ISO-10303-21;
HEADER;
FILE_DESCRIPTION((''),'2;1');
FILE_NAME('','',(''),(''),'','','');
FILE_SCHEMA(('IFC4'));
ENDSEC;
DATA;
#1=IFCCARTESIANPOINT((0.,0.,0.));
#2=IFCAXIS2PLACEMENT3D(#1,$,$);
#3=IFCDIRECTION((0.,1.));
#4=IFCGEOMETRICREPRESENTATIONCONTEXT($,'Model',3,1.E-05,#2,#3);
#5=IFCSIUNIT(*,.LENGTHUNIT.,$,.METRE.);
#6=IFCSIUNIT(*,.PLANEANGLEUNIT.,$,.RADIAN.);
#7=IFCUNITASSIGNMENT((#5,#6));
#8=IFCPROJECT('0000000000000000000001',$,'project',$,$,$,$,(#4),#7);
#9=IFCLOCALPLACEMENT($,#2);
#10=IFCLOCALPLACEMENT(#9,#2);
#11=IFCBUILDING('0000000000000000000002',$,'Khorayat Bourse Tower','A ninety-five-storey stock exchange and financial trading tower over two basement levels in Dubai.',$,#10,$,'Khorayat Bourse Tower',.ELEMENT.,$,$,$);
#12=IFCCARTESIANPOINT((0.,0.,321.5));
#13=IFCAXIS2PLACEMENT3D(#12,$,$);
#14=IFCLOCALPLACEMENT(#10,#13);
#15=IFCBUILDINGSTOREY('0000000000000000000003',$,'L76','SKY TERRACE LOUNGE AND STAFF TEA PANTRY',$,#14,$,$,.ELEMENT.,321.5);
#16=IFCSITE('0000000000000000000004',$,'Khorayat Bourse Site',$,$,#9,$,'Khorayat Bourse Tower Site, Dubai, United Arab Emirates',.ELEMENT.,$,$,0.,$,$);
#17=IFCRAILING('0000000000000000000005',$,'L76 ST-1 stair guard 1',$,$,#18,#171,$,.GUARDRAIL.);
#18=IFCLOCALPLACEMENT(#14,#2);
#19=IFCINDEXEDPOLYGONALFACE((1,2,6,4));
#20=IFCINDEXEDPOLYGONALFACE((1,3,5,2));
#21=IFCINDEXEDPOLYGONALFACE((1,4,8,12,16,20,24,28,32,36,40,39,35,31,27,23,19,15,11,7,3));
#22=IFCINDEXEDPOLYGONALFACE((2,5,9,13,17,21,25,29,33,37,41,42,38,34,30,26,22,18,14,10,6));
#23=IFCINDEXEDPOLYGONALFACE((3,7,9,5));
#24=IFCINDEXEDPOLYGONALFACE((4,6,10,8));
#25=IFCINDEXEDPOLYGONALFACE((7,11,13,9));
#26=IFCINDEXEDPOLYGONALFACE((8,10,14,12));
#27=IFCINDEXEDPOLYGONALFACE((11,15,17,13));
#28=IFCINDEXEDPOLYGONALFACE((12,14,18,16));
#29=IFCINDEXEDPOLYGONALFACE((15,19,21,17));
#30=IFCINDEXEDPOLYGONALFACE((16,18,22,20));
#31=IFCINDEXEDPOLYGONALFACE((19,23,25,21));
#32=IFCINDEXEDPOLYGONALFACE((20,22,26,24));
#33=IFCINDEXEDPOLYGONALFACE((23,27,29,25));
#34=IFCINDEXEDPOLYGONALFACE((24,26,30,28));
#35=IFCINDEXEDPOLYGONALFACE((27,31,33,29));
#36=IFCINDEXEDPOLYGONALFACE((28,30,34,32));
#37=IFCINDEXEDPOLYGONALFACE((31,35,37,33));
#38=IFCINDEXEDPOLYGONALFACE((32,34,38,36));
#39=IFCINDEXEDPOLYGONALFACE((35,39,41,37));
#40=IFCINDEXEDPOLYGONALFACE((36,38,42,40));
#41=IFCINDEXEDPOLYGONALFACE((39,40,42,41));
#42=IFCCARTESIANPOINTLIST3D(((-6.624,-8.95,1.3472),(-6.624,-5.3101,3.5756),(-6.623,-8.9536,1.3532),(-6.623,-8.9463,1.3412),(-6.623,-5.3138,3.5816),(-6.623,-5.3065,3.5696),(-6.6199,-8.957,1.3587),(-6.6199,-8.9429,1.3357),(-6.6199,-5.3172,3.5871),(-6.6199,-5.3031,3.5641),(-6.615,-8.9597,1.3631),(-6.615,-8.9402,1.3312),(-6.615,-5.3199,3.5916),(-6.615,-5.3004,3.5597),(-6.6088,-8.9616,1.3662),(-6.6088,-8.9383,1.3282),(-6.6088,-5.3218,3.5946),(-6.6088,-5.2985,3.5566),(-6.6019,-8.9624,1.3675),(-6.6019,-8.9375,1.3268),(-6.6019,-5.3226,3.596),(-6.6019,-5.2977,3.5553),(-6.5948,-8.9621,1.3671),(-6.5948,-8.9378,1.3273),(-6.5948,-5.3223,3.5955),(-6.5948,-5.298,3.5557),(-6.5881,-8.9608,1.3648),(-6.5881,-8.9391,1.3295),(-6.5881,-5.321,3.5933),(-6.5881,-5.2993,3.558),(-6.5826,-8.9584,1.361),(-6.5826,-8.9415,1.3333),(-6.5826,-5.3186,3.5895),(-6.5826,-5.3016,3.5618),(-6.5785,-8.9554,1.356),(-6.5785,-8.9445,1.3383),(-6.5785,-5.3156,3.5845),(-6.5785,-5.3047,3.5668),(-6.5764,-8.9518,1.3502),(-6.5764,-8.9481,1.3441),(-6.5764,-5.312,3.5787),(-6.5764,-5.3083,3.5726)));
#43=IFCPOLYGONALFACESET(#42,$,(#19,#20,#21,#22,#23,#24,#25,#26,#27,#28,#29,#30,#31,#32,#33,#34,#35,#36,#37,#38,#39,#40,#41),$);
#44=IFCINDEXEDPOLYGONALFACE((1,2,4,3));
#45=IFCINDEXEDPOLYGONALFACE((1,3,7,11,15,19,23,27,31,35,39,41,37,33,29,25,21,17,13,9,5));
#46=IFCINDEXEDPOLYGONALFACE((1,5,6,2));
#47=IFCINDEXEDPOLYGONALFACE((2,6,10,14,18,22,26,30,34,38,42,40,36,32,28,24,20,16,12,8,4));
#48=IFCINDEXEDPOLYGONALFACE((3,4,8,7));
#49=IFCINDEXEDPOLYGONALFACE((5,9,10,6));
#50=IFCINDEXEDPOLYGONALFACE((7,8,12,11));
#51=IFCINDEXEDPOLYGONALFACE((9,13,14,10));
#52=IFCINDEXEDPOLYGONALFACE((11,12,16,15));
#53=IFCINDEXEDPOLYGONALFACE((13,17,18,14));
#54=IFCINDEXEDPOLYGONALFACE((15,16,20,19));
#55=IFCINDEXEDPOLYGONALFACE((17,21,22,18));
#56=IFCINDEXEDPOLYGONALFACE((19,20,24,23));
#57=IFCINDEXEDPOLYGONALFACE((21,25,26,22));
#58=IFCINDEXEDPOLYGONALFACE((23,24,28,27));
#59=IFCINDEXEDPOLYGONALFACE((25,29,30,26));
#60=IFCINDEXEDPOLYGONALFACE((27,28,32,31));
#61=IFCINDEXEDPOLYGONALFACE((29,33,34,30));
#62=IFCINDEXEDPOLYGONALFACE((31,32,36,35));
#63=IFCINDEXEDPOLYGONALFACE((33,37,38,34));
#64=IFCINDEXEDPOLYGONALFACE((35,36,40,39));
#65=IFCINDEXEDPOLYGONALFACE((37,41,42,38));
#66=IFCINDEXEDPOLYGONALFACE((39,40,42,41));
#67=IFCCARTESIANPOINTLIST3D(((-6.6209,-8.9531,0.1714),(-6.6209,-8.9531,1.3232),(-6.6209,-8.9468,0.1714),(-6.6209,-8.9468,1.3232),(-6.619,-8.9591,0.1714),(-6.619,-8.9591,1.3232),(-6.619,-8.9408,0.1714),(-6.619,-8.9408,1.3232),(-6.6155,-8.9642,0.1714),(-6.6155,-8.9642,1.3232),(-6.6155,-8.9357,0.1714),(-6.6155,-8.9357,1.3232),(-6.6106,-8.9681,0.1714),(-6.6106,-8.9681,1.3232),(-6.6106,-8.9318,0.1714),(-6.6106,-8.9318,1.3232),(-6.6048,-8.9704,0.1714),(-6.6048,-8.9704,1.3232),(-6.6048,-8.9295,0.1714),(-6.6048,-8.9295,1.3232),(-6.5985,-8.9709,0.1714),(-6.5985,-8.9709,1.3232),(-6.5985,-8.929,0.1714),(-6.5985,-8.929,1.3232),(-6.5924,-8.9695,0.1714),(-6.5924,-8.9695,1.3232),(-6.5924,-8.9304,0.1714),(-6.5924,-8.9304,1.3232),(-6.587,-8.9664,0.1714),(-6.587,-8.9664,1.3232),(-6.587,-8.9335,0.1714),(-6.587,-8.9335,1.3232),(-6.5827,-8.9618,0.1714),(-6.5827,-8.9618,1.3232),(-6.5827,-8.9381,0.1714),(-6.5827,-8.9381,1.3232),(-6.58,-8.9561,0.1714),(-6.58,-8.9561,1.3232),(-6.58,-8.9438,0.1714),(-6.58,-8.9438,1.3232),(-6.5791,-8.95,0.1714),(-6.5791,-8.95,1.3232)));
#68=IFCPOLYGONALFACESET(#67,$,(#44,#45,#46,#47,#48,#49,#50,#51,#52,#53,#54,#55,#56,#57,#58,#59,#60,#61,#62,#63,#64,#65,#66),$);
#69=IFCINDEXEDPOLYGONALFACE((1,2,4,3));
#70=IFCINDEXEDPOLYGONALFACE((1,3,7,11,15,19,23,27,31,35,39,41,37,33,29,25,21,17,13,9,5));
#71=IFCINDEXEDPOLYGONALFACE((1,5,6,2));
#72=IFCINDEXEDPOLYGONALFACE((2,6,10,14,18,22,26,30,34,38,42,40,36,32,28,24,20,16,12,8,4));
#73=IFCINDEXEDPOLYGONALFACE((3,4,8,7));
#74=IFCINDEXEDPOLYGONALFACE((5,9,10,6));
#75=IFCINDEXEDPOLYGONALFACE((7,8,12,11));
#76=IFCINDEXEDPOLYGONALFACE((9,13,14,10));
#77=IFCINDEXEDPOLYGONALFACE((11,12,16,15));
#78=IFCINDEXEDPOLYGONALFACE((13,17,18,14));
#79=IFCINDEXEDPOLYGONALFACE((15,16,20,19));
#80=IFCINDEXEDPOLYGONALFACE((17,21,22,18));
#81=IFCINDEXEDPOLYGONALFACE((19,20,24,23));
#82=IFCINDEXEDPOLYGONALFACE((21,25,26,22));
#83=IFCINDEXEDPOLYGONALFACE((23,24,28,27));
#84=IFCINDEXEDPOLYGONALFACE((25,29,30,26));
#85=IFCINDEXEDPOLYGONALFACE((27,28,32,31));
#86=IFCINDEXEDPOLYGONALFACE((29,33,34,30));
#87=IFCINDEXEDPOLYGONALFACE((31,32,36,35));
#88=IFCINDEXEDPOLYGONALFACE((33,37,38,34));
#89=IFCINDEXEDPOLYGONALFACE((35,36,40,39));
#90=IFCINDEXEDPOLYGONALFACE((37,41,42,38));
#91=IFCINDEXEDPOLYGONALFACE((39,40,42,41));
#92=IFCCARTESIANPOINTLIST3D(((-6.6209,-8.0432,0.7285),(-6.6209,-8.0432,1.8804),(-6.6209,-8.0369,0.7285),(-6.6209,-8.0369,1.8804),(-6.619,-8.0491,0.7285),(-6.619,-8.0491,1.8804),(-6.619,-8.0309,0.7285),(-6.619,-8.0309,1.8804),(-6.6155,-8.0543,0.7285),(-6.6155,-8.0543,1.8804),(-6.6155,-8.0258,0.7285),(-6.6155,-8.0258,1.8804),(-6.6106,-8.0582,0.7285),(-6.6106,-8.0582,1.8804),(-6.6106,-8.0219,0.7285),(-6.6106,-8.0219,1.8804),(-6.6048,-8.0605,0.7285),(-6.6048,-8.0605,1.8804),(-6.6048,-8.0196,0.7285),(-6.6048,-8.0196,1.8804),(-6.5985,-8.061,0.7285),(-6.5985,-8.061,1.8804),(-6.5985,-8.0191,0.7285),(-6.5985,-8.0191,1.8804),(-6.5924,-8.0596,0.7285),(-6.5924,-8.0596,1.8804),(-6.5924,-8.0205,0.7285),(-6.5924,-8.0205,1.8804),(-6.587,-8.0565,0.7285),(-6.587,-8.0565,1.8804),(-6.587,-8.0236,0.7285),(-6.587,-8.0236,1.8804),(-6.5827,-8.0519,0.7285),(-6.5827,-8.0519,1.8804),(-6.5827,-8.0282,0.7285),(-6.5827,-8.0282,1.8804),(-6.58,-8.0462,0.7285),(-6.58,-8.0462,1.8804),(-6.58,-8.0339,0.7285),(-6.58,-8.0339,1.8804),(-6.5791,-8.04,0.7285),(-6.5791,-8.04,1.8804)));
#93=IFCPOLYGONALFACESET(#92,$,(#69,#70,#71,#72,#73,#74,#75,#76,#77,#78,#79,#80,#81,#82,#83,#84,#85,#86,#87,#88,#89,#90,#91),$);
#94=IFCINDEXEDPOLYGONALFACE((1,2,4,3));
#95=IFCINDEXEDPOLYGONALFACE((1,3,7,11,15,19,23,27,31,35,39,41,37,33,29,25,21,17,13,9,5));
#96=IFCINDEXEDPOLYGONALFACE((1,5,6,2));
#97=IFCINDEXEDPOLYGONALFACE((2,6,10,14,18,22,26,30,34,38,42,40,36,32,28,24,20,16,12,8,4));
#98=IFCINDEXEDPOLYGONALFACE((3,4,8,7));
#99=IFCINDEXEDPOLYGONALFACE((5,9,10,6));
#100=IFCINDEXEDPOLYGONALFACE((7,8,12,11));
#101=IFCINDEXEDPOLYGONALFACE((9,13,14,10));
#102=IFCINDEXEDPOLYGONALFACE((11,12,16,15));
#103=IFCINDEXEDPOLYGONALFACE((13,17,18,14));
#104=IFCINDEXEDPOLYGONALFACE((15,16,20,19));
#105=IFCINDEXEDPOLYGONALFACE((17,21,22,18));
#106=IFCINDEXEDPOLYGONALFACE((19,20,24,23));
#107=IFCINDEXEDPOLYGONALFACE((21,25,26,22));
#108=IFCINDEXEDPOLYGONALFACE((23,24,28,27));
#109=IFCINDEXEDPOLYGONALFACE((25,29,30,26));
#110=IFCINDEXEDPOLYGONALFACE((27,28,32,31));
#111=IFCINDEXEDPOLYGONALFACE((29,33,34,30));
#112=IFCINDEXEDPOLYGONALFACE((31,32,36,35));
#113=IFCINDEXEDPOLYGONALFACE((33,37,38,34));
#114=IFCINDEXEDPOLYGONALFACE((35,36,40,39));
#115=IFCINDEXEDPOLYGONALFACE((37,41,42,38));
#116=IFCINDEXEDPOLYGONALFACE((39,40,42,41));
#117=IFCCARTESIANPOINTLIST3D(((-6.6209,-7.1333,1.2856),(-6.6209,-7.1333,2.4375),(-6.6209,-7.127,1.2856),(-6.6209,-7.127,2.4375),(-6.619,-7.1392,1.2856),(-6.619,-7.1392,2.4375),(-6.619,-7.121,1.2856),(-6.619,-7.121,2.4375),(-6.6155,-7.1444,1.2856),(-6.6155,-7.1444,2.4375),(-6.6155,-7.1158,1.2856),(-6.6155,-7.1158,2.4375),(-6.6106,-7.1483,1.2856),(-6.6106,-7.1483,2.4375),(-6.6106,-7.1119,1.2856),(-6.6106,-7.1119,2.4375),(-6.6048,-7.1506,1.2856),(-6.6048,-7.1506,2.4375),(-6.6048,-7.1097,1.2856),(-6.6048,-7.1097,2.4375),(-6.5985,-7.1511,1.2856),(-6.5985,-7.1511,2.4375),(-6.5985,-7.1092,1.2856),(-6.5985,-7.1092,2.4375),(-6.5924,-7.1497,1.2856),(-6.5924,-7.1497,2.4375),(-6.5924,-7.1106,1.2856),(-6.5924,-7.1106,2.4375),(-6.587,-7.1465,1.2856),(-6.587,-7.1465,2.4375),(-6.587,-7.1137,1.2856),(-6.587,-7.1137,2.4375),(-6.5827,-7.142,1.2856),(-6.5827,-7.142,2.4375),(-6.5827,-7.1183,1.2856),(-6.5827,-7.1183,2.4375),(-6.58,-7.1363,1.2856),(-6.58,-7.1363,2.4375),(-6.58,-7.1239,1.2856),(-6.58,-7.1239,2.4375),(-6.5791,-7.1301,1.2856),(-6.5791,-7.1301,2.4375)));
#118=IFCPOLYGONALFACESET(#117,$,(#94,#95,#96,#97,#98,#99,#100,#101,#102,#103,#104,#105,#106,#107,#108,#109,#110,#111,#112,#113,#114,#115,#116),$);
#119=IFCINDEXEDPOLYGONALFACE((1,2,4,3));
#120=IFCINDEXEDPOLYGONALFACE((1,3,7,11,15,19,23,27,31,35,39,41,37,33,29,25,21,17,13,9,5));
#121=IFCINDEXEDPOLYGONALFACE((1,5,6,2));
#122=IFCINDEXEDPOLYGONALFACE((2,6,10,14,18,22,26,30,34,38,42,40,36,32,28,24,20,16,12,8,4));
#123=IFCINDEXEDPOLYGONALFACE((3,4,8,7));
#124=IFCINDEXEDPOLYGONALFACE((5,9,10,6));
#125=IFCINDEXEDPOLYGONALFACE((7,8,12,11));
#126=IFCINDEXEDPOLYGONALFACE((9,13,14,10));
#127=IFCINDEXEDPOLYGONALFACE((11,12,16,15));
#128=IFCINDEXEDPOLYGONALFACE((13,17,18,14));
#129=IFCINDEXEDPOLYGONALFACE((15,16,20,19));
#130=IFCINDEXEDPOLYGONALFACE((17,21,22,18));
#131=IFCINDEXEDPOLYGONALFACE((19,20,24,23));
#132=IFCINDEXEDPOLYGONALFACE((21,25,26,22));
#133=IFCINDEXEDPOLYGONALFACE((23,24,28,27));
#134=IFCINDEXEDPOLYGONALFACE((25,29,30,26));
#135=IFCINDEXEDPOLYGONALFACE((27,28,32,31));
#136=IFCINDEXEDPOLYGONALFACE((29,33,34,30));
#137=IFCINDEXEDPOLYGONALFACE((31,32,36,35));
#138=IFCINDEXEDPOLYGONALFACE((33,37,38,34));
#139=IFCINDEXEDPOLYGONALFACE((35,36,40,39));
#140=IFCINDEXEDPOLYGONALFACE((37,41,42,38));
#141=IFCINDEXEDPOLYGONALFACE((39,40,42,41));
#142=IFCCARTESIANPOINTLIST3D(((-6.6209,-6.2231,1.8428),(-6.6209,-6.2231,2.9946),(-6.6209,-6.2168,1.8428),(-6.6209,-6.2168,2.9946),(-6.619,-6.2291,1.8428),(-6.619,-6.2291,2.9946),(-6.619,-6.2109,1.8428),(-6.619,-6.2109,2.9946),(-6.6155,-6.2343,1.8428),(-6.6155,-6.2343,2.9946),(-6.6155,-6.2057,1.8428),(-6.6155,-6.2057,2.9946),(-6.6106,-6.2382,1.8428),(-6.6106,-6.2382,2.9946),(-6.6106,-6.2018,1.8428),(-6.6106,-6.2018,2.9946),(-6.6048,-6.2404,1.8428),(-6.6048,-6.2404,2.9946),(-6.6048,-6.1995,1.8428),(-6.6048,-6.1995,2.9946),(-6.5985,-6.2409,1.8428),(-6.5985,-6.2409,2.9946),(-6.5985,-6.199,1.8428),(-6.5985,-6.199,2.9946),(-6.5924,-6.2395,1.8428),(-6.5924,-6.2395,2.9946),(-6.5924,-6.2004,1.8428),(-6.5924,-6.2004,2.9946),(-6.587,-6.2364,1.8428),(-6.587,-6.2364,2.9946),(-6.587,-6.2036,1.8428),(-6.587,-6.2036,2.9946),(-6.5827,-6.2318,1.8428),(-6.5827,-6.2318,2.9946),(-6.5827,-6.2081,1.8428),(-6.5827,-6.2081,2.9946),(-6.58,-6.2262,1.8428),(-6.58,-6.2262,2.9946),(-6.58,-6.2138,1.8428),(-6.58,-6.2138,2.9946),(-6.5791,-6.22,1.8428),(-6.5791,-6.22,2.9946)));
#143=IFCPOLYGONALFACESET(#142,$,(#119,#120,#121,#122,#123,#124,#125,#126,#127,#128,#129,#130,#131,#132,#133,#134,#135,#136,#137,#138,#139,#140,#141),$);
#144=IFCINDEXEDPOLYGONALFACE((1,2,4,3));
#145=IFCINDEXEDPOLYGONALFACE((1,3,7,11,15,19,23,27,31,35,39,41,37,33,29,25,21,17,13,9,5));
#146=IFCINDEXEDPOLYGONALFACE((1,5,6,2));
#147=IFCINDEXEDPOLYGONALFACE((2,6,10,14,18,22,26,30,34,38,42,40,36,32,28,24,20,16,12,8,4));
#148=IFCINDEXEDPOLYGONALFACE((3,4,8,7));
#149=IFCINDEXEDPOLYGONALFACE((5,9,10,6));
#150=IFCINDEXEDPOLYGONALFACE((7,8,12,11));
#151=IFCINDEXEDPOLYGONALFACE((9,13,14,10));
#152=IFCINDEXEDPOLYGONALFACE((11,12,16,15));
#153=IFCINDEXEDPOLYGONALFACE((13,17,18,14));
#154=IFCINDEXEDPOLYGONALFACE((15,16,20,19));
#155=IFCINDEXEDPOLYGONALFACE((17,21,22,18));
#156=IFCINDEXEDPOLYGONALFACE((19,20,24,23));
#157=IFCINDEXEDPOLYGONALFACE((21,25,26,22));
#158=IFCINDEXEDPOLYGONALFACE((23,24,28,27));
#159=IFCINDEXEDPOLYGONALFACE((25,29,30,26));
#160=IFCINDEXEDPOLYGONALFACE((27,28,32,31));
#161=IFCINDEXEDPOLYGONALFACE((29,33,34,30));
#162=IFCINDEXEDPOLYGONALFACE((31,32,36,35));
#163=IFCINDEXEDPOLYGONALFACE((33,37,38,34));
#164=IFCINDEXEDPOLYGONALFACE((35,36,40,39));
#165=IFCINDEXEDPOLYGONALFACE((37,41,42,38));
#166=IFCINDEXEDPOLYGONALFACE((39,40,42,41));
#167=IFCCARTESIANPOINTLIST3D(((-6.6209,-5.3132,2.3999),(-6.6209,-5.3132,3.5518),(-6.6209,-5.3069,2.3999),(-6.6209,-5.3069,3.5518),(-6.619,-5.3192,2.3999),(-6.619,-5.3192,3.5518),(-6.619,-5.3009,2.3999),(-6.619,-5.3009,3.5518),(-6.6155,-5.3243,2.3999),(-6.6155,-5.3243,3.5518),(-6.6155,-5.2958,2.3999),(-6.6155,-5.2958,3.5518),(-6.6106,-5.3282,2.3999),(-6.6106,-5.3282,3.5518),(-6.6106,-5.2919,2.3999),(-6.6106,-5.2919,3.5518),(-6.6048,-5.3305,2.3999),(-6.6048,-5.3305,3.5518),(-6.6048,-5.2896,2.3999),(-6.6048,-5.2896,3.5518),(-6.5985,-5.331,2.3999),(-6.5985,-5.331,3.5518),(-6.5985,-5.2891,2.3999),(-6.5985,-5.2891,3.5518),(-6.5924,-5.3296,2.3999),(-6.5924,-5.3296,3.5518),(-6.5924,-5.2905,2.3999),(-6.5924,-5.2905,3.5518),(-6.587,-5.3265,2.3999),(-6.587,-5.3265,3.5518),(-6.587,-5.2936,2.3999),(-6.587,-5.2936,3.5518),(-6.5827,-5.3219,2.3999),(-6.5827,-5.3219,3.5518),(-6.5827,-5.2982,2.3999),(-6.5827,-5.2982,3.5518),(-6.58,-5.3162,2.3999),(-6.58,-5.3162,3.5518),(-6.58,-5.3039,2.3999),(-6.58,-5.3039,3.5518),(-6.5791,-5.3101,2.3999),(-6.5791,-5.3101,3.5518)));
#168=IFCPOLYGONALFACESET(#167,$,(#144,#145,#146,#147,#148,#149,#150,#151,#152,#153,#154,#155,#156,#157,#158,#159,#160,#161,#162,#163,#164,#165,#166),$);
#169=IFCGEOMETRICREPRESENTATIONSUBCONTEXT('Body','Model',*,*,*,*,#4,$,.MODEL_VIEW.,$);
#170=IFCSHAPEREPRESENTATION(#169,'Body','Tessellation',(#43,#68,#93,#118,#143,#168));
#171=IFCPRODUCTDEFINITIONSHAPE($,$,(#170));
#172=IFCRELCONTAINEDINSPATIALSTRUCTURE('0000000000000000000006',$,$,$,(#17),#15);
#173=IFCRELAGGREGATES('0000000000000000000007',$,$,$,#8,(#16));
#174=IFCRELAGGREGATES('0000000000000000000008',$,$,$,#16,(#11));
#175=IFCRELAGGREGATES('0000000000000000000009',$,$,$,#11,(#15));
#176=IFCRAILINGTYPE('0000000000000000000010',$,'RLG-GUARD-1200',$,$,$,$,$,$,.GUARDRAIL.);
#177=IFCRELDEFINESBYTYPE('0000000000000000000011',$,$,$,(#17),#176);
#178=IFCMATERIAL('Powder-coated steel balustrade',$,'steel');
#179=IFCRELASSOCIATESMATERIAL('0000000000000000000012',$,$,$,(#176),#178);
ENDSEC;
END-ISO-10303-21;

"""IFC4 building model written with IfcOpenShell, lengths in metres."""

from ifc_helpers import new_model, si_unit, direction, frame, origin, origin_2d, place, context, subcontext, project, spatial, circle, extrude, source, transform, mapped, material, type_object, element, save


model = new_model("IFC4")

# Units and contexts
model_context = context("Model", 3, precision=1e-05, world=origin(), true_north=direction((0.0, 1.0)))
body_context = subcontext(model_context, "Body", "Model", "MODEL_VIEW")
ifc_project = project(units=[si_unit("LENGTHUNIT", "METRE"), si_unit("PLANEANGLEUNIT", "RADIAN")], contexts=[model_context])

# Site, building, storey
site_placement = place(None, origin())
site = spatial("IfcSite", under=ifc_project, at=site_placement, Name="Khorayat Bourse Site", LongName="Khorayat Bourse Tower Site, Dubai, United Arab Emirates", CompositionType="ELEMENT", RefElevation=0.0)
building_placement = place(site_placement, origin())
building = spatial("IfcBuilding", under=site, at=building_placement, Name="Khorayat Bourse Tower", Description="A ninety-five-storey stock exchange and financial trading tower over two basement levels in Dubai.", LongName="Khorayat Bourse Tower", CompositionType="ELEMENT")
storey_placement = place(building_placement, frame((0.0, 0.0, 321.5)))
storey = spatial("IfcBuildingStorey", under=building, at=storey_placement, Name="L76", Description="SKY TERRACE LOUNGE AND STAFF TEA PANTRY", CompositionType="ELEMENT", Elevation=321.5)

# Railing
ifc_material_1 = material(Name="Powder-coated steel balustrade", Category="steel")
railing_type_1 = type_object("IfcRailingType", Name="RLG-GUARD-1200", PredefinedType="GUARDRAIL", material=ifc_material_1)
shared_shape_1 = source(origin(), body_context, "Body", "SweptSolid", [
    extrude(circle(Radius=0.0239, at=origin_2d()), frame((0.0, 0.0, 1.1758), z_axis=(0.0, 0.85285, 0.522156), x_axis=(-1.0, 0.0, 0.0)), (0.0, 0.0, 1.0), 4.2678),
    extrude(circle(Radius=0.021, at=origin_2d()), origin(), (0.0, 0.0, 1.0), 1.1519),
    extrude(circle(Radius=0.021, at=origin_2d()), frame((0.0, 0.9099, 0.5571)), (0.0, 0.0, 1.0), 1.1519),
    extrude(circle(Radius=0.021, at=origin_2d()), frame((0.0, 1.8198, 1.1143)), (0.0, 0.0, 1.0), 1.1519),
    extrude(circle(Radius=0.021, at=origin_2d()), frame((0.0, 2.73, 1.6714)), (0.0, 0.0, 1.0), 1.1519),
    extrude(circle(Radius=0.021, at=origin_2d()), frame((0.0, 3.6399, 2.2285)), (0.0, 0.0, 1.0), 1.1519),
])
railing_1_placement = place(storey_placement, frame((-6.6001, -8.95, 0.1714)))
element("IfcRailing", 1, at=railing_1_placement, inside=storey, type_object=railing_type_1, Name="L76 ST-1 stair guard 1", PredefinedType="GUARDRAIL", context=body_context, shape_type="MappedRepresentation", body=[
    mapped(shared_shape_1, transform((0.0, 0.0, 0.0), scale=1.0)),
])

save(model, "model.ifc")
